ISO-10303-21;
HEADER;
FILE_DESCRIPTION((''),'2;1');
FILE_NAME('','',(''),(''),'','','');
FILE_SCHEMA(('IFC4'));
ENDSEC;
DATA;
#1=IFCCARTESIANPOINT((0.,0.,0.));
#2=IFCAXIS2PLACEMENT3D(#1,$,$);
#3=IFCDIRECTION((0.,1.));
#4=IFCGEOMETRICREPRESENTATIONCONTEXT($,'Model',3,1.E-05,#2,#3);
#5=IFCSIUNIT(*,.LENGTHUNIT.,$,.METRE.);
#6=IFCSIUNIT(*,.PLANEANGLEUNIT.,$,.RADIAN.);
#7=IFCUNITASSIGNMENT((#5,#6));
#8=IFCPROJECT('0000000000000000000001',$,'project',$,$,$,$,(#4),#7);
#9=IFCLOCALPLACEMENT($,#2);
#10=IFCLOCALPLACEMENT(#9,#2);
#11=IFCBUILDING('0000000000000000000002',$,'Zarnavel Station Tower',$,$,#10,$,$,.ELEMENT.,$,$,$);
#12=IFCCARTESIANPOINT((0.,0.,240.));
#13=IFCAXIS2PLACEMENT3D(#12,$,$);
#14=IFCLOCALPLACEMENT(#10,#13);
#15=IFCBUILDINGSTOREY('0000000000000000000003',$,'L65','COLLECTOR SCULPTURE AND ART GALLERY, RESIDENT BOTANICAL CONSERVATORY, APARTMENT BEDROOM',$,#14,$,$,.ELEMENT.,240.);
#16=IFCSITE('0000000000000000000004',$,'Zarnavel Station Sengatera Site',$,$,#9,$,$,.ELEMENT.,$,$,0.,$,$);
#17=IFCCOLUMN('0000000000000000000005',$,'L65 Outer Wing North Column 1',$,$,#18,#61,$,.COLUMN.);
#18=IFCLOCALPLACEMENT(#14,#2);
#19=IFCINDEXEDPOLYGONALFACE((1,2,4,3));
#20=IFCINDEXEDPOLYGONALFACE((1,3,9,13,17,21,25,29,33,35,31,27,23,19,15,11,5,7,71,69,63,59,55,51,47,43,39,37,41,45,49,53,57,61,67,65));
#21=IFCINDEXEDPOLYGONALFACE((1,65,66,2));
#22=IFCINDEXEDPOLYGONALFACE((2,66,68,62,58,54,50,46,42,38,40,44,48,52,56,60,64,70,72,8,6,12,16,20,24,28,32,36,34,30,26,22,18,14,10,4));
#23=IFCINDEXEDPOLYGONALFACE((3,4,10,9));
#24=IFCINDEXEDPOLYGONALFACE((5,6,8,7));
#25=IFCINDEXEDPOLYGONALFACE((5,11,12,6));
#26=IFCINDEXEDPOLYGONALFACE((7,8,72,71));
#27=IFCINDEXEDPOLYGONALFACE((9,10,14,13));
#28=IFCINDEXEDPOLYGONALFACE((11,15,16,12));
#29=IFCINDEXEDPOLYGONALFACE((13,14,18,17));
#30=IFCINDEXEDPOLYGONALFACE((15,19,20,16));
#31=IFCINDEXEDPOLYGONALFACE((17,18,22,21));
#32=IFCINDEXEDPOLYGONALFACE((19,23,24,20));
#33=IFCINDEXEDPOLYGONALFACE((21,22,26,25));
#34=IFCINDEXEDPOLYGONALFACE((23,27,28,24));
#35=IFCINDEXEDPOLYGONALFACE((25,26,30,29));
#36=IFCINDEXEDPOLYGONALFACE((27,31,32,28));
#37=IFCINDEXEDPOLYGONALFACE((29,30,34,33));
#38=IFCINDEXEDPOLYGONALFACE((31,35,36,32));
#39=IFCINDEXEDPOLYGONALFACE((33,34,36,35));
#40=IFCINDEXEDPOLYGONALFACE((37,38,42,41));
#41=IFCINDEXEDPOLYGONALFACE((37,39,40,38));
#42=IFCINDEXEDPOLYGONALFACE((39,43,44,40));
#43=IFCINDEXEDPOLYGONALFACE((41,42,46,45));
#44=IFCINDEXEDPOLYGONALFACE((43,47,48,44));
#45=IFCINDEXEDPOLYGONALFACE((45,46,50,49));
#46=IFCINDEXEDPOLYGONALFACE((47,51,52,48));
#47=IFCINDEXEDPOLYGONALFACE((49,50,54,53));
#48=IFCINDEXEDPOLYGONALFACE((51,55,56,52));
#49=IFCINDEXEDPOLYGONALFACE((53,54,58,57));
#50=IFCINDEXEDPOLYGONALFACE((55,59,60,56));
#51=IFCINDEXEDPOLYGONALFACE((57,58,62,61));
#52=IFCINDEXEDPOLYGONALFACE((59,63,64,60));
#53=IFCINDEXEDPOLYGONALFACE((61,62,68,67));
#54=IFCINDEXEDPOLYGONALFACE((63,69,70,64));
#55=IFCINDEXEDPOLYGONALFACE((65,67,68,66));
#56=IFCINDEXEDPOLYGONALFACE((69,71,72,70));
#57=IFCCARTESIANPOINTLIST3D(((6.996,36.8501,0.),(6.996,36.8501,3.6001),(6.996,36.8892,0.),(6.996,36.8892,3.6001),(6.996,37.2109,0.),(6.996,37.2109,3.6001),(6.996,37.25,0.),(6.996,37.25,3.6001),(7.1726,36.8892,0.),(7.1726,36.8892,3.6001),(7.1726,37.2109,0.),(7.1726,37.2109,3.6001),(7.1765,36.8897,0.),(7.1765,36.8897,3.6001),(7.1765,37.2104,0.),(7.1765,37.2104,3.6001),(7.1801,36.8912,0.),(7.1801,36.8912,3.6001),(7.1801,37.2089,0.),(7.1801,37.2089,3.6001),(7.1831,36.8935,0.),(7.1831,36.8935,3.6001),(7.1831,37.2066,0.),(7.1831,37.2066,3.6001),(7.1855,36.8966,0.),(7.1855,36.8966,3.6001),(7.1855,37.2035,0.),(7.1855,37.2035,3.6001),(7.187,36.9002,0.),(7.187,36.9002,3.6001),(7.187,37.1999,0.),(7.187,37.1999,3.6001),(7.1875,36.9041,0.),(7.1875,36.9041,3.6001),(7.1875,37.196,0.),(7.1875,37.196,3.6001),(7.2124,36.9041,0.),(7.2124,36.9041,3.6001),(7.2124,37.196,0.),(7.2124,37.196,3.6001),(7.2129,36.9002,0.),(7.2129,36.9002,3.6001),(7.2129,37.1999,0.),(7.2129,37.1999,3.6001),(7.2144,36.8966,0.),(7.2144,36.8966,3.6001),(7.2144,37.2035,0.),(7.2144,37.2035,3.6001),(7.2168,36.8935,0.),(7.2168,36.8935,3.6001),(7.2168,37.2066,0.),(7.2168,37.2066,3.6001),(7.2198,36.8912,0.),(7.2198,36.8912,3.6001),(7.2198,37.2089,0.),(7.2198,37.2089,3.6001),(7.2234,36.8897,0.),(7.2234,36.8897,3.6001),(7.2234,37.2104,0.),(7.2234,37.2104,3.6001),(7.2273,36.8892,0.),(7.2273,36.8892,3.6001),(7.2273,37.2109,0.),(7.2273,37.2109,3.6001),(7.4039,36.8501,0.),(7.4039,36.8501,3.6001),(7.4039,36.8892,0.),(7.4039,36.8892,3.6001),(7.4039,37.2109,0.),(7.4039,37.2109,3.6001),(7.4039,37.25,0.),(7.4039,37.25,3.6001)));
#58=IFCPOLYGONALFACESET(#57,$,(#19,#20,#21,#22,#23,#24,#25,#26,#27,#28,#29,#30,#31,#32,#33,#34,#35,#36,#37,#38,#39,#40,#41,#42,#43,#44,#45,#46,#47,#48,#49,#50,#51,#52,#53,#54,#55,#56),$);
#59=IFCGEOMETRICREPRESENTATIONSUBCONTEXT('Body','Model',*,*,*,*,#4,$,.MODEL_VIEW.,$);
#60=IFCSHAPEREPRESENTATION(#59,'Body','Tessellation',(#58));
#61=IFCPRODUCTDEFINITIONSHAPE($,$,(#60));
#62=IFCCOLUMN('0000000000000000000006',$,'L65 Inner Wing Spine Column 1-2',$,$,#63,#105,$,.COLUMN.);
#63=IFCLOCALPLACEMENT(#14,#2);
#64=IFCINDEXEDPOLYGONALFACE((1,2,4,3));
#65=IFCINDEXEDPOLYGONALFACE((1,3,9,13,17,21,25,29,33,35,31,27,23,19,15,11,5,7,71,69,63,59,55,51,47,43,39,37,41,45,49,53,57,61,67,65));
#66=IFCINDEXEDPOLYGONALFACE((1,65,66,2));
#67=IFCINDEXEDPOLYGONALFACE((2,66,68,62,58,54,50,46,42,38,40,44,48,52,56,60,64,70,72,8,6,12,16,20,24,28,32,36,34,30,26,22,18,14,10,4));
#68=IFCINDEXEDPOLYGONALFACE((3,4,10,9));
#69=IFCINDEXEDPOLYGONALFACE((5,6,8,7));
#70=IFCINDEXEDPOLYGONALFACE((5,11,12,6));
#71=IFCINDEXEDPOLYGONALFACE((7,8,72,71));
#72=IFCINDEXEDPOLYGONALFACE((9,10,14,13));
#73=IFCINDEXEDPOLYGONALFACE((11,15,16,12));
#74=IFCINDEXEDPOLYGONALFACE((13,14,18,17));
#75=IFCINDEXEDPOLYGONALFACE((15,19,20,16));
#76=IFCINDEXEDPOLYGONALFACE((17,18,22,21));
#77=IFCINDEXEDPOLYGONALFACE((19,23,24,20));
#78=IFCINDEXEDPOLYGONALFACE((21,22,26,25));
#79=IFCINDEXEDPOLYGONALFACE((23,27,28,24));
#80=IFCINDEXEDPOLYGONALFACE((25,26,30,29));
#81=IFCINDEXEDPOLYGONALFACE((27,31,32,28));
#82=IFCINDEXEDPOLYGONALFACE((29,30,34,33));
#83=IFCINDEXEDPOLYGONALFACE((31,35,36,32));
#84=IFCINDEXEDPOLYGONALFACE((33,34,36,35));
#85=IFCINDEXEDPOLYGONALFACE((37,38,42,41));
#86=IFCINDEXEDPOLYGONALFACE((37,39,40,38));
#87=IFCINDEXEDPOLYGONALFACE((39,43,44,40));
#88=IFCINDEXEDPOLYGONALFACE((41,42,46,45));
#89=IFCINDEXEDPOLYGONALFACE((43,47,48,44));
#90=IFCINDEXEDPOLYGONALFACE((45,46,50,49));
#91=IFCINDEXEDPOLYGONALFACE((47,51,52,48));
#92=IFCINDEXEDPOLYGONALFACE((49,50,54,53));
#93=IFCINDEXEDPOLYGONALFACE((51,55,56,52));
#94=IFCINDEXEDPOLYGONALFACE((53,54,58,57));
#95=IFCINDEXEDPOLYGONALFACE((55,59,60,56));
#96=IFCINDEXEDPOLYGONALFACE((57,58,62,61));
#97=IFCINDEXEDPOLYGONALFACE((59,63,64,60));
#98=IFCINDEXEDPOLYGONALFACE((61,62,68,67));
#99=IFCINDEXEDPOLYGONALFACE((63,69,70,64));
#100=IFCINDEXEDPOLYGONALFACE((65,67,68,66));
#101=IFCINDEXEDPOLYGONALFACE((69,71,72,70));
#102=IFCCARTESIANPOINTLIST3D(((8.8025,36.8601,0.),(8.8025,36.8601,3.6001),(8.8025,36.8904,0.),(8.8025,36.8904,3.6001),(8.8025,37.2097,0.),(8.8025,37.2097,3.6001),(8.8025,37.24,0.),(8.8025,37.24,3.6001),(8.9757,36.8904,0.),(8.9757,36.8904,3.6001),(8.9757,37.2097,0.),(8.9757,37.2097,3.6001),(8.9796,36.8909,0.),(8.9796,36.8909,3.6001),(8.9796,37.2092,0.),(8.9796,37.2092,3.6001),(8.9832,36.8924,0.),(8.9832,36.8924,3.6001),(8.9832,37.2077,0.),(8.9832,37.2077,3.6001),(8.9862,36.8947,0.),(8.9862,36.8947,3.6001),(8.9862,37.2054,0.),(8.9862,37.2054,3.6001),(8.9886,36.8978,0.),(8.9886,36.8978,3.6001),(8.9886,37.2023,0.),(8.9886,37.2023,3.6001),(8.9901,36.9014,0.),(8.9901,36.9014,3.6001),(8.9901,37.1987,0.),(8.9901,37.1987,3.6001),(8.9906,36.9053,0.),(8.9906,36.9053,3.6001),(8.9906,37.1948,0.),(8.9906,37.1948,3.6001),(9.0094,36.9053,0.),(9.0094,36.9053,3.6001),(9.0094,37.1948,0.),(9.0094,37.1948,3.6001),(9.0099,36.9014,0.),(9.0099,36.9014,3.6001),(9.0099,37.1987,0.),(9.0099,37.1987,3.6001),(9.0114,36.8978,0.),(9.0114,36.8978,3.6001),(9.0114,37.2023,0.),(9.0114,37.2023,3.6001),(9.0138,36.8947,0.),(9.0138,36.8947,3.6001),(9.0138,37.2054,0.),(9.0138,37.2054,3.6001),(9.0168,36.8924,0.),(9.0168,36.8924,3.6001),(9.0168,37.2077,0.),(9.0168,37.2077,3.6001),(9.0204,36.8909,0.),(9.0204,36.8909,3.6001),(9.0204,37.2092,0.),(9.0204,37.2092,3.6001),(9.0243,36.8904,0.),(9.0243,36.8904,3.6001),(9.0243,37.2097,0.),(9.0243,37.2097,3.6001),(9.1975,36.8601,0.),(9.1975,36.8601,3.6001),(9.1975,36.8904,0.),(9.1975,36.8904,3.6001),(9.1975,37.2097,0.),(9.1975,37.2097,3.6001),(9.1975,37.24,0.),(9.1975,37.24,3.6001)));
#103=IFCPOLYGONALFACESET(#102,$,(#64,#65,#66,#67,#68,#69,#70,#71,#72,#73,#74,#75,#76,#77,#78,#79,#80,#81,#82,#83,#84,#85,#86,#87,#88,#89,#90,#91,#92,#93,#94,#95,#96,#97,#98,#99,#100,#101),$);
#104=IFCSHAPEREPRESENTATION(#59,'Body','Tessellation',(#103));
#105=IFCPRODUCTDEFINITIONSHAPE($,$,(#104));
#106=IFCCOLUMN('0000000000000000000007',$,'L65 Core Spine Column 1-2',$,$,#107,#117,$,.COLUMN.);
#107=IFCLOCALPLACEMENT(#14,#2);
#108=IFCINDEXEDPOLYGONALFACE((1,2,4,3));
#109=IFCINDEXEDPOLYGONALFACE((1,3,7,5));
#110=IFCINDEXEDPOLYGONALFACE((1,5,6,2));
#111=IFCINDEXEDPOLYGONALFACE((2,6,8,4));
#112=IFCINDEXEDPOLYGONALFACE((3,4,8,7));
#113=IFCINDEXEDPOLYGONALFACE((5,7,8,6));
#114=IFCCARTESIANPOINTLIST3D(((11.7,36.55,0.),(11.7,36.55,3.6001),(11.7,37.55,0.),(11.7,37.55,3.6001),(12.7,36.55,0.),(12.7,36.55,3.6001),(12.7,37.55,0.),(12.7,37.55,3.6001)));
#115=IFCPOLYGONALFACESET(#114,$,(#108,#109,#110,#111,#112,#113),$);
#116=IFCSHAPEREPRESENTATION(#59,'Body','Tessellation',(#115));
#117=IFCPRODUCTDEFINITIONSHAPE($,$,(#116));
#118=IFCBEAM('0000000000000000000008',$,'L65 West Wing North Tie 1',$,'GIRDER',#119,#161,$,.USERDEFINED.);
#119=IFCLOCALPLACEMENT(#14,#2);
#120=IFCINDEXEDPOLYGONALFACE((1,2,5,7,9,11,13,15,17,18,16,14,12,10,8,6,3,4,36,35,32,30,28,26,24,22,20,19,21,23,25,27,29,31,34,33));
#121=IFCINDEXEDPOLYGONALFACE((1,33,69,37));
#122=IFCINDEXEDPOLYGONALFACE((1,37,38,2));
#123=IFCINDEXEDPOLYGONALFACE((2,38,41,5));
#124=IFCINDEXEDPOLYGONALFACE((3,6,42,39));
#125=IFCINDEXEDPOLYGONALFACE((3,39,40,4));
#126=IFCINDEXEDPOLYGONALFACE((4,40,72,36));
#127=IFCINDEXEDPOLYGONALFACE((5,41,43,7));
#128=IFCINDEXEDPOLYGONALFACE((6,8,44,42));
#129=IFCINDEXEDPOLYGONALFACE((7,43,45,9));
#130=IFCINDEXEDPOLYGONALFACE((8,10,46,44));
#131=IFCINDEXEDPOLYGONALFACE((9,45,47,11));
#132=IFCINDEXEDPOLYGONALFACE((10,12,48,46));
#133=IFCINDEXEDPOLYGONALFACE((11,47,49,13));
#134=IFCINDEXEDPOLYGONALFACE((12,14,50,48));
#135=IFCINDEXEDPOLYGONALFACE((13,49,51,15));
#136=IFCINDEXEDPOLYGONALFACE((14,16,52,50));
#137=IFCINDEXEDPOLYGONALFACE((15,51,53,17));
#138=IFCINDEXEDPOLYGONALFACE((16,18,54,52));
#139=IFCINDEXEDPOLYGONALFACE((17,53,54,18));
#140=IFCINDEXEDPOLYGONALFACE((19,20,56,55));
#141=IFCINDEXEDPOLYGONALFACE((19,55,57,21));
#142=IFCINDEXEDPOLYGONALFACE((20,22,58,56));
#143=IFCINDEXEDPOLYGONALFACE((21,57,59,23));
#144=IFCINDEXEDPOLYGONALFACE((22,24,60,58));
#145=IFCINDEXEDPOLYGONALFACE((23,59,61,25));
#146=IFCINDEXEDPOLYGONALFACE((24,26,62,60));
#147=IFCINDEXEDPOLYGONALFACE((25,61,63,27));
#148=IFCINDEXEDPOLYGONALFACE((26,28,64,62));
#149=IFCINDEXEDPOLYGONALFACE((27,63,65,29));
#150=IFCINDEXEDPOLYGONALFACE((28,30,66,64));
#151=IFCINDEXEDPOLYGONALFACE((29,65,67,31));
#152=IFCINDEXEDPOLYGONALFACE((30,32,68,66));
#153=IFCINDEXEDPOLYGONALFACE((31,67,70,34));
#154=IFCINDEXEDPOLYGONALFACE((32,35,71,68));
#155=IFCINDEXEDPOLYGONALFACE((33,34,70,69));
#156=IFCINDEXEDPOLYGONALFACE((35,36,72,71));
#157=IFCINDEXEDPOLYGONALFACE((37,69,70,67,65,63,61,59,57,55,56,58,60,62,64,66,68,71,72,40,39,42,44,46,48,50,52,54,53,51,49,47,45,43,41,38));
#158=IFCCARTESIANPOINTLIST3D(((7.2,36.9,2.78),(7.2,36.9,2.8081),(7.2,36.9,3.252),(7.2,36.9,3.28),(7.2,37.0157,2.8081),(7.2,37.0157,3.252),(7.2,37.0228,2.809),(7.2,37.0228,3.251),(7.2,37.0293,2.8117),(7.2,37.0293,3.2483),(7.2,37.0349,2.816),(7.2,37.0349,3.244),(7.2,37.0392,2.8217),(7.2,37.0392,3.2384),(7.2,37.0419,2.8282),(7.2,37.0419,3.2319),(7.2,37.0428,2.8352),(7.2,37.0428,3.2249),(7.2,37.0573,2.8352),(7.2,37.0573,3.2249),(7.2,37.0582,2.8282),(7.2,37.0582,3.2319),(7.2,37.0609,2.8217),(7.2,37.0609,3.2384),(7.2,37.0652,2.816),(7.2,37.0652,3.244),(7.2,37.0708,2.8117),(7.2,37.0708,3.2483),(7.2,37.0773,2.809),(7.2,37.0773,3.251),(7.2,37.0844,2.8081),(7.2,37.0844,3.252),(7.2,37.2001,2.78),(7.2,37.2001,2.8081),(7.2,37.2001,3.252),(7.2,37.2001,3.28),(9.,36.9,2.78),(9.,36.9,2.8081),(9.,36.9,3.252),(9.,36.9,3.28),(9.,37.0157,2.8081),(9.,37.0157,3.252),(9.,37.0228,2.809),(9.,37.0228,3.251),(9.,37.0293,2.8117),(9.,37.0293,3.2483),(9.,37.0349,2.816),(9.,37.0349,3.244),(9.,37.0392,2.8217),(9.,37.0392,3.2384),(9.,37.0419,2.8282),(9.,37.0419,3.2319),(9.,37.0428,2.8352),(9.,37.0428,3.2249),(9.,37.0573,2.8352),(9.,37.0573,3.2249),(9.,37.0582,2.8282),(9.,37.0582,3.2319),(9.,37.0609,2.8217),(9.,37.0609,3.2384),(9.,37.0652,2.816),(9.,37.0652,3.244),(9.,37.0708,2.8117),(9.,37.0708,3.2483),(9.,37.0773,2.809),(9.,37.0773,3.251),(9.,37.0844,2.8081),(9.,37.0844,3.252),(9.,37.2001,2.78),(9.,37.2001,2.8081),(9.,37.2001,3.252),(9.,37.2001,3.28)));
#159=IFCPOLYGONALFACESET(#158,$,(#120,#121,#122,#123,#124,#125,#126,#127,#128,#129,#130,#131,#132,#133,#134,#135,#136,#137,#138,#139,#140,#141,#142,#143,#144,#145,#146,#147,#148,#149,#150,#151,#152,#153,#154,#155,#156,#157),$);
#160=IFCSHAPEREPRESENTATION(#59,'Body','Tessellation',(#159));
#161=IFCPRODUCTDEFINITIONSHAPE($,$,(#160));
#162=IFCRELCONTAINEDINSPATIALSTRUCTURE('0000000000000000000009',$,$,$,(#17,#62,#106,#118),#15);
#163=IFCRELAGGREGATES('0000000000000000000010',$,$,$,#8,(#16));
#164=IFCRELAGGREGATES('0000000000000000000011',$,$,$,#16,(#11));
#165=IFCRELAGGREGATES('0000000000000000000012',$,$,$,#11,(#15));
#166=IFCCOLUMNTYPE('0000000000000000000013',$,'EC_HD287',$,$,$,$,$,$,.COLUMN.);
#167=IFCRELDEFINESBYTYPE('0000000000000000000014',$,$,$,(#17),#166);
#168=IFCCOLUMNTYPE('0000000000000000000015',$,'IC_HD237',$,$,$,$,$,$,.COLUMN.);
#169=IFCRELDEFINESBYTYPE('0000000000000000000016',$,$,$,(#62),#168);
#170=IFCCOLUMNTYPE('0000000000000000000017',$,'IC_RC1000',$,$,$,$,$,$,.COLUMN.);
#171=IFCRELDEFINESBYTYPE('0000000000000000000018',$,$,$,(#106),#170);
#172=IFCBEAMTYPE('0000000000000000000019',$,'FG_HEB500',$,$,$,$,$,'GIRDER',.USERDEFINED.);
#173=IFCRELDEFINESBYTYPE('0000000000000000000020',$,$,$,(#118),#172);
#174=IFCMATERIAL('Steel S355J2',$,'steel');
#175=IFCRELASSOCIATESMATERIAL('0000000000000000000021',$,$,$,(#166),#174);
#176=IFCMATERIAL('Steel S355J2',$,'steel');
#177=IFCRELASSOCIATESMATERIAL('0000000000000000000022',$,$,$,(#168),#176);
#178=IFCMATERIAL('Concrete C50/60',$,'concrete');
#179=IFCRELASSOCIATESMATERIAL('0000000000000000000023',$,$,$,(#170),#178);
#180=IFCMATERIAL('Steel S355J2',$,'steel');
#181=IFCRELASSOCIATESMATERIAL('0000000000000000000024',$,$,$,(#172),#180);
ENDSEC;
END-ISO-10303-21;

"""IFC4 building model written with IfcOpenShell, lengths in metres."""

from ifc_helpers import new_model, si_unit, direction, frame, origin, origin_2d, place, context, subcontext, project, spatial, rectangle, i_section, extrude, material, material_profile, profile_set, type_object, element, save


model = new_model("IFC4")

# Units and contexts
model_context = context("Model", 3, precision=1e-05, world=origin(), true_north=direction((0.0, 1.0)))
body_context = subcontext(model_context, "Body", "Model", "MODEL_VIEW")
ifc_project = project(units=[si_unit("LENGTHUNIT", "METRE"), si_unit("PLANEANGLEUNIT", "RADIAN")], contexts=[model_context])

# Site, building, storey
site_placement = place(None, origin())
site = spatial("IfcSite", under=ifc_project, at=site_placement, Name="Zarnavel Station Sengatera Site", CompositionType="ELEMENT", RefElevation=0.0)
building_placement = place(site_placement, origin())
building = spatial("IfcBuilding", under=site, at=building_placement, Name="Zarnavel Station Tower", CompositionType="ELEMENT")
storey_placement = place(building_placement, frame((0.0, 0.0, 240.0)))
storey = spatial("IfcBuildingStorey", under=building, at=storey_placement, Name="L65", Description="COLLECTOR SCULPTURE AND ART GALLERY, RESIDENT BOTANICAL CONSERVATORY, APARTMENT BEDROOM", CompositionType="ELEMENT", Elevation=240.0)

# Columns
ifc_material_1 = material(Name="Steel S355J2", Category="steel")
ifc_material_profile_1 = material_profile(ifc_material_1, i_section(OverallWidth=0.408, OverallDepth=0.3999, WebThickness=0.0249, FlangeThickness=0.0391, FilletRadius=0.0149, at=origin_2d()), Name="HD400x287")
ifc_profile_set_1 = profile_set([ifc_material_profile_1], Name="Steel S355J2")
column_type_1 = type_object("IfcColumnType", Name="EC_HD287", PredefinedType="COLUMN", material=ifc_profile_set_1)
column_1_placement = place(storey_placement, frame((7.2, 37.05, 0.0), z_axis=(0.0, 0.0, 1.0), x_axis=(1.0, 0.0, 0.0)))
element("IfcColumn", 1, at=column_1_placement, inside=storey, type_object=column_type_1, Name="L65 Outer Wing North Column 1", PredefinedType="COLUMN", context=body_context, shape_type="SweptSolid", body=[
    extrude(i_section(OverallWidth=0.408, OverallDepth=0.3999, WebThickness=0.0249, FlangeThickness=0.0391, FilletRadius=0.0149, at=origin_2d()), origin(), (0.0, 0.0, 1.0), 3.6001),
])
ifc_material_2 = material(Name="Steel S355J2", Category="steel")
ifc_material_profile_2 = material_profile(ifc_material_2, i_section(OverallWidth=0.395, OverallDepth=0.3799, WebThickness=0.0188, FlangeThickness=0.0303, FilletRadius=0.0149, at=origin_2d()), Name="HD400x237")
ifc_profile_set_2 = profile_set([ifc_material_profile_2], Name="Steel S355J2")
column_type_2 = type_object("IfcColumnType", Name="IC_HD237", PredefinedType="COLUMN", material=ifc_profile_set_2)
column_2_placement = place(storey_placement, frame((9.0, 37.05, 0.0), z_axis=(0.0, 0.0, 1.0), x_axis=(1.0, 0.0, 0.0)))
element("IfcColumn", 2, at=column_2_placement, inside=storey, type_object=column_type_2, Name="L65 Inner Wing Spine Column 1-2", PredefinedType="COLUMN", context=body_context, shape_type="SweptSolid", body=[
    extrude(i_section(OverallWidth=0.395, OverallDepth=0.3799, WebThickness=0.0188, FlangeThickness=0.0303, FilletRadius=0.0149, at=origin_2d()), origin(), (0.0, 0.0, 1.0), 3.6001),
])
ifc_material_3 = material(Name="Concrete C50/60", Category="concrete")
ifc_material_profile_3 = material_profile(ifc_material_3, rectangle(XDim=1.0, YDim=1.0, at=origin_2d()), Name="RC1000x1000")
ifc_profile_set_3 = profile_set([ifc_material_profile_3], Name="Concrete C50/60")
column_type_3 = type_object("IfcColumnType", Name="IC_RC1000", PredefinedType="COLUMN", material=ifc_profile_set_3)
column_3_placement = place(storey_placement, frame((12.2, 37.05, 0.0), z_axis=(0.0, 0.0, 1.0), x_axis=(1.0, 0.0, 0.0)))
element("IfcColumn", 3, at=column_3_placement, inside=storey, type_object=column_type_3, Name="L65 Core Spine Column 1-2", PredefinedType="COLUMN", context=body_context, shape_type="SweptSolid", body=[
    extrude(rectangle(XDim=1.0, YDim=1.0, at=origin_2d()), origin(), (0.0, 0.0, 1.0), 3.6001),
])

# Beam
ifc_material_4 = material(Name="Steel S355J2", Category="steel")
ifc_material_profile_4 = material_profile(ifc_material_4, i_section(OverallWidth=0.3, OverallDepth=0.5, WebThickness=0.0144, FlangeThickness=0.0281, FilletRadius=0.0271, at=origin_2d()), Name="HEB500")
ifc_profile_set_4 = profile_set([ifc_material_profile_4], Name="Steel S355J2")
beam_type = type_object("IfcBeamType", Name="FG_HEB500", ElementType="GIRDER", PredefinedType="USERDEFINED", material=ifc_profile_set_4)
beam_1_placement = place(storey_placement, frame((7.2, 37.05, 3.03), z_axis=(1.0, 0.0, 0.0), x_axis=(0.0, 1.0, 0.0)))
element("IfcBeam", 4, at=beam_1_placement, inside=storey, type_object=beam_type, Name="L65 West Wing North Tie 1", ObjectType="GIRDER", PredefinedType="USERDEFINED", context=body_context, shape_type="SweptSolid", body=[
    extrude(i_section(OverallWidth=0.3, OverallDepth=0.5, WebThickness=0.0144, FlangeThickness=0.0281, FilletRadius=0.0271, at=origin_2d()), origin(), (0.0, 0.0, 1.0), 1.8),
])

save(model, "model.ifc")
